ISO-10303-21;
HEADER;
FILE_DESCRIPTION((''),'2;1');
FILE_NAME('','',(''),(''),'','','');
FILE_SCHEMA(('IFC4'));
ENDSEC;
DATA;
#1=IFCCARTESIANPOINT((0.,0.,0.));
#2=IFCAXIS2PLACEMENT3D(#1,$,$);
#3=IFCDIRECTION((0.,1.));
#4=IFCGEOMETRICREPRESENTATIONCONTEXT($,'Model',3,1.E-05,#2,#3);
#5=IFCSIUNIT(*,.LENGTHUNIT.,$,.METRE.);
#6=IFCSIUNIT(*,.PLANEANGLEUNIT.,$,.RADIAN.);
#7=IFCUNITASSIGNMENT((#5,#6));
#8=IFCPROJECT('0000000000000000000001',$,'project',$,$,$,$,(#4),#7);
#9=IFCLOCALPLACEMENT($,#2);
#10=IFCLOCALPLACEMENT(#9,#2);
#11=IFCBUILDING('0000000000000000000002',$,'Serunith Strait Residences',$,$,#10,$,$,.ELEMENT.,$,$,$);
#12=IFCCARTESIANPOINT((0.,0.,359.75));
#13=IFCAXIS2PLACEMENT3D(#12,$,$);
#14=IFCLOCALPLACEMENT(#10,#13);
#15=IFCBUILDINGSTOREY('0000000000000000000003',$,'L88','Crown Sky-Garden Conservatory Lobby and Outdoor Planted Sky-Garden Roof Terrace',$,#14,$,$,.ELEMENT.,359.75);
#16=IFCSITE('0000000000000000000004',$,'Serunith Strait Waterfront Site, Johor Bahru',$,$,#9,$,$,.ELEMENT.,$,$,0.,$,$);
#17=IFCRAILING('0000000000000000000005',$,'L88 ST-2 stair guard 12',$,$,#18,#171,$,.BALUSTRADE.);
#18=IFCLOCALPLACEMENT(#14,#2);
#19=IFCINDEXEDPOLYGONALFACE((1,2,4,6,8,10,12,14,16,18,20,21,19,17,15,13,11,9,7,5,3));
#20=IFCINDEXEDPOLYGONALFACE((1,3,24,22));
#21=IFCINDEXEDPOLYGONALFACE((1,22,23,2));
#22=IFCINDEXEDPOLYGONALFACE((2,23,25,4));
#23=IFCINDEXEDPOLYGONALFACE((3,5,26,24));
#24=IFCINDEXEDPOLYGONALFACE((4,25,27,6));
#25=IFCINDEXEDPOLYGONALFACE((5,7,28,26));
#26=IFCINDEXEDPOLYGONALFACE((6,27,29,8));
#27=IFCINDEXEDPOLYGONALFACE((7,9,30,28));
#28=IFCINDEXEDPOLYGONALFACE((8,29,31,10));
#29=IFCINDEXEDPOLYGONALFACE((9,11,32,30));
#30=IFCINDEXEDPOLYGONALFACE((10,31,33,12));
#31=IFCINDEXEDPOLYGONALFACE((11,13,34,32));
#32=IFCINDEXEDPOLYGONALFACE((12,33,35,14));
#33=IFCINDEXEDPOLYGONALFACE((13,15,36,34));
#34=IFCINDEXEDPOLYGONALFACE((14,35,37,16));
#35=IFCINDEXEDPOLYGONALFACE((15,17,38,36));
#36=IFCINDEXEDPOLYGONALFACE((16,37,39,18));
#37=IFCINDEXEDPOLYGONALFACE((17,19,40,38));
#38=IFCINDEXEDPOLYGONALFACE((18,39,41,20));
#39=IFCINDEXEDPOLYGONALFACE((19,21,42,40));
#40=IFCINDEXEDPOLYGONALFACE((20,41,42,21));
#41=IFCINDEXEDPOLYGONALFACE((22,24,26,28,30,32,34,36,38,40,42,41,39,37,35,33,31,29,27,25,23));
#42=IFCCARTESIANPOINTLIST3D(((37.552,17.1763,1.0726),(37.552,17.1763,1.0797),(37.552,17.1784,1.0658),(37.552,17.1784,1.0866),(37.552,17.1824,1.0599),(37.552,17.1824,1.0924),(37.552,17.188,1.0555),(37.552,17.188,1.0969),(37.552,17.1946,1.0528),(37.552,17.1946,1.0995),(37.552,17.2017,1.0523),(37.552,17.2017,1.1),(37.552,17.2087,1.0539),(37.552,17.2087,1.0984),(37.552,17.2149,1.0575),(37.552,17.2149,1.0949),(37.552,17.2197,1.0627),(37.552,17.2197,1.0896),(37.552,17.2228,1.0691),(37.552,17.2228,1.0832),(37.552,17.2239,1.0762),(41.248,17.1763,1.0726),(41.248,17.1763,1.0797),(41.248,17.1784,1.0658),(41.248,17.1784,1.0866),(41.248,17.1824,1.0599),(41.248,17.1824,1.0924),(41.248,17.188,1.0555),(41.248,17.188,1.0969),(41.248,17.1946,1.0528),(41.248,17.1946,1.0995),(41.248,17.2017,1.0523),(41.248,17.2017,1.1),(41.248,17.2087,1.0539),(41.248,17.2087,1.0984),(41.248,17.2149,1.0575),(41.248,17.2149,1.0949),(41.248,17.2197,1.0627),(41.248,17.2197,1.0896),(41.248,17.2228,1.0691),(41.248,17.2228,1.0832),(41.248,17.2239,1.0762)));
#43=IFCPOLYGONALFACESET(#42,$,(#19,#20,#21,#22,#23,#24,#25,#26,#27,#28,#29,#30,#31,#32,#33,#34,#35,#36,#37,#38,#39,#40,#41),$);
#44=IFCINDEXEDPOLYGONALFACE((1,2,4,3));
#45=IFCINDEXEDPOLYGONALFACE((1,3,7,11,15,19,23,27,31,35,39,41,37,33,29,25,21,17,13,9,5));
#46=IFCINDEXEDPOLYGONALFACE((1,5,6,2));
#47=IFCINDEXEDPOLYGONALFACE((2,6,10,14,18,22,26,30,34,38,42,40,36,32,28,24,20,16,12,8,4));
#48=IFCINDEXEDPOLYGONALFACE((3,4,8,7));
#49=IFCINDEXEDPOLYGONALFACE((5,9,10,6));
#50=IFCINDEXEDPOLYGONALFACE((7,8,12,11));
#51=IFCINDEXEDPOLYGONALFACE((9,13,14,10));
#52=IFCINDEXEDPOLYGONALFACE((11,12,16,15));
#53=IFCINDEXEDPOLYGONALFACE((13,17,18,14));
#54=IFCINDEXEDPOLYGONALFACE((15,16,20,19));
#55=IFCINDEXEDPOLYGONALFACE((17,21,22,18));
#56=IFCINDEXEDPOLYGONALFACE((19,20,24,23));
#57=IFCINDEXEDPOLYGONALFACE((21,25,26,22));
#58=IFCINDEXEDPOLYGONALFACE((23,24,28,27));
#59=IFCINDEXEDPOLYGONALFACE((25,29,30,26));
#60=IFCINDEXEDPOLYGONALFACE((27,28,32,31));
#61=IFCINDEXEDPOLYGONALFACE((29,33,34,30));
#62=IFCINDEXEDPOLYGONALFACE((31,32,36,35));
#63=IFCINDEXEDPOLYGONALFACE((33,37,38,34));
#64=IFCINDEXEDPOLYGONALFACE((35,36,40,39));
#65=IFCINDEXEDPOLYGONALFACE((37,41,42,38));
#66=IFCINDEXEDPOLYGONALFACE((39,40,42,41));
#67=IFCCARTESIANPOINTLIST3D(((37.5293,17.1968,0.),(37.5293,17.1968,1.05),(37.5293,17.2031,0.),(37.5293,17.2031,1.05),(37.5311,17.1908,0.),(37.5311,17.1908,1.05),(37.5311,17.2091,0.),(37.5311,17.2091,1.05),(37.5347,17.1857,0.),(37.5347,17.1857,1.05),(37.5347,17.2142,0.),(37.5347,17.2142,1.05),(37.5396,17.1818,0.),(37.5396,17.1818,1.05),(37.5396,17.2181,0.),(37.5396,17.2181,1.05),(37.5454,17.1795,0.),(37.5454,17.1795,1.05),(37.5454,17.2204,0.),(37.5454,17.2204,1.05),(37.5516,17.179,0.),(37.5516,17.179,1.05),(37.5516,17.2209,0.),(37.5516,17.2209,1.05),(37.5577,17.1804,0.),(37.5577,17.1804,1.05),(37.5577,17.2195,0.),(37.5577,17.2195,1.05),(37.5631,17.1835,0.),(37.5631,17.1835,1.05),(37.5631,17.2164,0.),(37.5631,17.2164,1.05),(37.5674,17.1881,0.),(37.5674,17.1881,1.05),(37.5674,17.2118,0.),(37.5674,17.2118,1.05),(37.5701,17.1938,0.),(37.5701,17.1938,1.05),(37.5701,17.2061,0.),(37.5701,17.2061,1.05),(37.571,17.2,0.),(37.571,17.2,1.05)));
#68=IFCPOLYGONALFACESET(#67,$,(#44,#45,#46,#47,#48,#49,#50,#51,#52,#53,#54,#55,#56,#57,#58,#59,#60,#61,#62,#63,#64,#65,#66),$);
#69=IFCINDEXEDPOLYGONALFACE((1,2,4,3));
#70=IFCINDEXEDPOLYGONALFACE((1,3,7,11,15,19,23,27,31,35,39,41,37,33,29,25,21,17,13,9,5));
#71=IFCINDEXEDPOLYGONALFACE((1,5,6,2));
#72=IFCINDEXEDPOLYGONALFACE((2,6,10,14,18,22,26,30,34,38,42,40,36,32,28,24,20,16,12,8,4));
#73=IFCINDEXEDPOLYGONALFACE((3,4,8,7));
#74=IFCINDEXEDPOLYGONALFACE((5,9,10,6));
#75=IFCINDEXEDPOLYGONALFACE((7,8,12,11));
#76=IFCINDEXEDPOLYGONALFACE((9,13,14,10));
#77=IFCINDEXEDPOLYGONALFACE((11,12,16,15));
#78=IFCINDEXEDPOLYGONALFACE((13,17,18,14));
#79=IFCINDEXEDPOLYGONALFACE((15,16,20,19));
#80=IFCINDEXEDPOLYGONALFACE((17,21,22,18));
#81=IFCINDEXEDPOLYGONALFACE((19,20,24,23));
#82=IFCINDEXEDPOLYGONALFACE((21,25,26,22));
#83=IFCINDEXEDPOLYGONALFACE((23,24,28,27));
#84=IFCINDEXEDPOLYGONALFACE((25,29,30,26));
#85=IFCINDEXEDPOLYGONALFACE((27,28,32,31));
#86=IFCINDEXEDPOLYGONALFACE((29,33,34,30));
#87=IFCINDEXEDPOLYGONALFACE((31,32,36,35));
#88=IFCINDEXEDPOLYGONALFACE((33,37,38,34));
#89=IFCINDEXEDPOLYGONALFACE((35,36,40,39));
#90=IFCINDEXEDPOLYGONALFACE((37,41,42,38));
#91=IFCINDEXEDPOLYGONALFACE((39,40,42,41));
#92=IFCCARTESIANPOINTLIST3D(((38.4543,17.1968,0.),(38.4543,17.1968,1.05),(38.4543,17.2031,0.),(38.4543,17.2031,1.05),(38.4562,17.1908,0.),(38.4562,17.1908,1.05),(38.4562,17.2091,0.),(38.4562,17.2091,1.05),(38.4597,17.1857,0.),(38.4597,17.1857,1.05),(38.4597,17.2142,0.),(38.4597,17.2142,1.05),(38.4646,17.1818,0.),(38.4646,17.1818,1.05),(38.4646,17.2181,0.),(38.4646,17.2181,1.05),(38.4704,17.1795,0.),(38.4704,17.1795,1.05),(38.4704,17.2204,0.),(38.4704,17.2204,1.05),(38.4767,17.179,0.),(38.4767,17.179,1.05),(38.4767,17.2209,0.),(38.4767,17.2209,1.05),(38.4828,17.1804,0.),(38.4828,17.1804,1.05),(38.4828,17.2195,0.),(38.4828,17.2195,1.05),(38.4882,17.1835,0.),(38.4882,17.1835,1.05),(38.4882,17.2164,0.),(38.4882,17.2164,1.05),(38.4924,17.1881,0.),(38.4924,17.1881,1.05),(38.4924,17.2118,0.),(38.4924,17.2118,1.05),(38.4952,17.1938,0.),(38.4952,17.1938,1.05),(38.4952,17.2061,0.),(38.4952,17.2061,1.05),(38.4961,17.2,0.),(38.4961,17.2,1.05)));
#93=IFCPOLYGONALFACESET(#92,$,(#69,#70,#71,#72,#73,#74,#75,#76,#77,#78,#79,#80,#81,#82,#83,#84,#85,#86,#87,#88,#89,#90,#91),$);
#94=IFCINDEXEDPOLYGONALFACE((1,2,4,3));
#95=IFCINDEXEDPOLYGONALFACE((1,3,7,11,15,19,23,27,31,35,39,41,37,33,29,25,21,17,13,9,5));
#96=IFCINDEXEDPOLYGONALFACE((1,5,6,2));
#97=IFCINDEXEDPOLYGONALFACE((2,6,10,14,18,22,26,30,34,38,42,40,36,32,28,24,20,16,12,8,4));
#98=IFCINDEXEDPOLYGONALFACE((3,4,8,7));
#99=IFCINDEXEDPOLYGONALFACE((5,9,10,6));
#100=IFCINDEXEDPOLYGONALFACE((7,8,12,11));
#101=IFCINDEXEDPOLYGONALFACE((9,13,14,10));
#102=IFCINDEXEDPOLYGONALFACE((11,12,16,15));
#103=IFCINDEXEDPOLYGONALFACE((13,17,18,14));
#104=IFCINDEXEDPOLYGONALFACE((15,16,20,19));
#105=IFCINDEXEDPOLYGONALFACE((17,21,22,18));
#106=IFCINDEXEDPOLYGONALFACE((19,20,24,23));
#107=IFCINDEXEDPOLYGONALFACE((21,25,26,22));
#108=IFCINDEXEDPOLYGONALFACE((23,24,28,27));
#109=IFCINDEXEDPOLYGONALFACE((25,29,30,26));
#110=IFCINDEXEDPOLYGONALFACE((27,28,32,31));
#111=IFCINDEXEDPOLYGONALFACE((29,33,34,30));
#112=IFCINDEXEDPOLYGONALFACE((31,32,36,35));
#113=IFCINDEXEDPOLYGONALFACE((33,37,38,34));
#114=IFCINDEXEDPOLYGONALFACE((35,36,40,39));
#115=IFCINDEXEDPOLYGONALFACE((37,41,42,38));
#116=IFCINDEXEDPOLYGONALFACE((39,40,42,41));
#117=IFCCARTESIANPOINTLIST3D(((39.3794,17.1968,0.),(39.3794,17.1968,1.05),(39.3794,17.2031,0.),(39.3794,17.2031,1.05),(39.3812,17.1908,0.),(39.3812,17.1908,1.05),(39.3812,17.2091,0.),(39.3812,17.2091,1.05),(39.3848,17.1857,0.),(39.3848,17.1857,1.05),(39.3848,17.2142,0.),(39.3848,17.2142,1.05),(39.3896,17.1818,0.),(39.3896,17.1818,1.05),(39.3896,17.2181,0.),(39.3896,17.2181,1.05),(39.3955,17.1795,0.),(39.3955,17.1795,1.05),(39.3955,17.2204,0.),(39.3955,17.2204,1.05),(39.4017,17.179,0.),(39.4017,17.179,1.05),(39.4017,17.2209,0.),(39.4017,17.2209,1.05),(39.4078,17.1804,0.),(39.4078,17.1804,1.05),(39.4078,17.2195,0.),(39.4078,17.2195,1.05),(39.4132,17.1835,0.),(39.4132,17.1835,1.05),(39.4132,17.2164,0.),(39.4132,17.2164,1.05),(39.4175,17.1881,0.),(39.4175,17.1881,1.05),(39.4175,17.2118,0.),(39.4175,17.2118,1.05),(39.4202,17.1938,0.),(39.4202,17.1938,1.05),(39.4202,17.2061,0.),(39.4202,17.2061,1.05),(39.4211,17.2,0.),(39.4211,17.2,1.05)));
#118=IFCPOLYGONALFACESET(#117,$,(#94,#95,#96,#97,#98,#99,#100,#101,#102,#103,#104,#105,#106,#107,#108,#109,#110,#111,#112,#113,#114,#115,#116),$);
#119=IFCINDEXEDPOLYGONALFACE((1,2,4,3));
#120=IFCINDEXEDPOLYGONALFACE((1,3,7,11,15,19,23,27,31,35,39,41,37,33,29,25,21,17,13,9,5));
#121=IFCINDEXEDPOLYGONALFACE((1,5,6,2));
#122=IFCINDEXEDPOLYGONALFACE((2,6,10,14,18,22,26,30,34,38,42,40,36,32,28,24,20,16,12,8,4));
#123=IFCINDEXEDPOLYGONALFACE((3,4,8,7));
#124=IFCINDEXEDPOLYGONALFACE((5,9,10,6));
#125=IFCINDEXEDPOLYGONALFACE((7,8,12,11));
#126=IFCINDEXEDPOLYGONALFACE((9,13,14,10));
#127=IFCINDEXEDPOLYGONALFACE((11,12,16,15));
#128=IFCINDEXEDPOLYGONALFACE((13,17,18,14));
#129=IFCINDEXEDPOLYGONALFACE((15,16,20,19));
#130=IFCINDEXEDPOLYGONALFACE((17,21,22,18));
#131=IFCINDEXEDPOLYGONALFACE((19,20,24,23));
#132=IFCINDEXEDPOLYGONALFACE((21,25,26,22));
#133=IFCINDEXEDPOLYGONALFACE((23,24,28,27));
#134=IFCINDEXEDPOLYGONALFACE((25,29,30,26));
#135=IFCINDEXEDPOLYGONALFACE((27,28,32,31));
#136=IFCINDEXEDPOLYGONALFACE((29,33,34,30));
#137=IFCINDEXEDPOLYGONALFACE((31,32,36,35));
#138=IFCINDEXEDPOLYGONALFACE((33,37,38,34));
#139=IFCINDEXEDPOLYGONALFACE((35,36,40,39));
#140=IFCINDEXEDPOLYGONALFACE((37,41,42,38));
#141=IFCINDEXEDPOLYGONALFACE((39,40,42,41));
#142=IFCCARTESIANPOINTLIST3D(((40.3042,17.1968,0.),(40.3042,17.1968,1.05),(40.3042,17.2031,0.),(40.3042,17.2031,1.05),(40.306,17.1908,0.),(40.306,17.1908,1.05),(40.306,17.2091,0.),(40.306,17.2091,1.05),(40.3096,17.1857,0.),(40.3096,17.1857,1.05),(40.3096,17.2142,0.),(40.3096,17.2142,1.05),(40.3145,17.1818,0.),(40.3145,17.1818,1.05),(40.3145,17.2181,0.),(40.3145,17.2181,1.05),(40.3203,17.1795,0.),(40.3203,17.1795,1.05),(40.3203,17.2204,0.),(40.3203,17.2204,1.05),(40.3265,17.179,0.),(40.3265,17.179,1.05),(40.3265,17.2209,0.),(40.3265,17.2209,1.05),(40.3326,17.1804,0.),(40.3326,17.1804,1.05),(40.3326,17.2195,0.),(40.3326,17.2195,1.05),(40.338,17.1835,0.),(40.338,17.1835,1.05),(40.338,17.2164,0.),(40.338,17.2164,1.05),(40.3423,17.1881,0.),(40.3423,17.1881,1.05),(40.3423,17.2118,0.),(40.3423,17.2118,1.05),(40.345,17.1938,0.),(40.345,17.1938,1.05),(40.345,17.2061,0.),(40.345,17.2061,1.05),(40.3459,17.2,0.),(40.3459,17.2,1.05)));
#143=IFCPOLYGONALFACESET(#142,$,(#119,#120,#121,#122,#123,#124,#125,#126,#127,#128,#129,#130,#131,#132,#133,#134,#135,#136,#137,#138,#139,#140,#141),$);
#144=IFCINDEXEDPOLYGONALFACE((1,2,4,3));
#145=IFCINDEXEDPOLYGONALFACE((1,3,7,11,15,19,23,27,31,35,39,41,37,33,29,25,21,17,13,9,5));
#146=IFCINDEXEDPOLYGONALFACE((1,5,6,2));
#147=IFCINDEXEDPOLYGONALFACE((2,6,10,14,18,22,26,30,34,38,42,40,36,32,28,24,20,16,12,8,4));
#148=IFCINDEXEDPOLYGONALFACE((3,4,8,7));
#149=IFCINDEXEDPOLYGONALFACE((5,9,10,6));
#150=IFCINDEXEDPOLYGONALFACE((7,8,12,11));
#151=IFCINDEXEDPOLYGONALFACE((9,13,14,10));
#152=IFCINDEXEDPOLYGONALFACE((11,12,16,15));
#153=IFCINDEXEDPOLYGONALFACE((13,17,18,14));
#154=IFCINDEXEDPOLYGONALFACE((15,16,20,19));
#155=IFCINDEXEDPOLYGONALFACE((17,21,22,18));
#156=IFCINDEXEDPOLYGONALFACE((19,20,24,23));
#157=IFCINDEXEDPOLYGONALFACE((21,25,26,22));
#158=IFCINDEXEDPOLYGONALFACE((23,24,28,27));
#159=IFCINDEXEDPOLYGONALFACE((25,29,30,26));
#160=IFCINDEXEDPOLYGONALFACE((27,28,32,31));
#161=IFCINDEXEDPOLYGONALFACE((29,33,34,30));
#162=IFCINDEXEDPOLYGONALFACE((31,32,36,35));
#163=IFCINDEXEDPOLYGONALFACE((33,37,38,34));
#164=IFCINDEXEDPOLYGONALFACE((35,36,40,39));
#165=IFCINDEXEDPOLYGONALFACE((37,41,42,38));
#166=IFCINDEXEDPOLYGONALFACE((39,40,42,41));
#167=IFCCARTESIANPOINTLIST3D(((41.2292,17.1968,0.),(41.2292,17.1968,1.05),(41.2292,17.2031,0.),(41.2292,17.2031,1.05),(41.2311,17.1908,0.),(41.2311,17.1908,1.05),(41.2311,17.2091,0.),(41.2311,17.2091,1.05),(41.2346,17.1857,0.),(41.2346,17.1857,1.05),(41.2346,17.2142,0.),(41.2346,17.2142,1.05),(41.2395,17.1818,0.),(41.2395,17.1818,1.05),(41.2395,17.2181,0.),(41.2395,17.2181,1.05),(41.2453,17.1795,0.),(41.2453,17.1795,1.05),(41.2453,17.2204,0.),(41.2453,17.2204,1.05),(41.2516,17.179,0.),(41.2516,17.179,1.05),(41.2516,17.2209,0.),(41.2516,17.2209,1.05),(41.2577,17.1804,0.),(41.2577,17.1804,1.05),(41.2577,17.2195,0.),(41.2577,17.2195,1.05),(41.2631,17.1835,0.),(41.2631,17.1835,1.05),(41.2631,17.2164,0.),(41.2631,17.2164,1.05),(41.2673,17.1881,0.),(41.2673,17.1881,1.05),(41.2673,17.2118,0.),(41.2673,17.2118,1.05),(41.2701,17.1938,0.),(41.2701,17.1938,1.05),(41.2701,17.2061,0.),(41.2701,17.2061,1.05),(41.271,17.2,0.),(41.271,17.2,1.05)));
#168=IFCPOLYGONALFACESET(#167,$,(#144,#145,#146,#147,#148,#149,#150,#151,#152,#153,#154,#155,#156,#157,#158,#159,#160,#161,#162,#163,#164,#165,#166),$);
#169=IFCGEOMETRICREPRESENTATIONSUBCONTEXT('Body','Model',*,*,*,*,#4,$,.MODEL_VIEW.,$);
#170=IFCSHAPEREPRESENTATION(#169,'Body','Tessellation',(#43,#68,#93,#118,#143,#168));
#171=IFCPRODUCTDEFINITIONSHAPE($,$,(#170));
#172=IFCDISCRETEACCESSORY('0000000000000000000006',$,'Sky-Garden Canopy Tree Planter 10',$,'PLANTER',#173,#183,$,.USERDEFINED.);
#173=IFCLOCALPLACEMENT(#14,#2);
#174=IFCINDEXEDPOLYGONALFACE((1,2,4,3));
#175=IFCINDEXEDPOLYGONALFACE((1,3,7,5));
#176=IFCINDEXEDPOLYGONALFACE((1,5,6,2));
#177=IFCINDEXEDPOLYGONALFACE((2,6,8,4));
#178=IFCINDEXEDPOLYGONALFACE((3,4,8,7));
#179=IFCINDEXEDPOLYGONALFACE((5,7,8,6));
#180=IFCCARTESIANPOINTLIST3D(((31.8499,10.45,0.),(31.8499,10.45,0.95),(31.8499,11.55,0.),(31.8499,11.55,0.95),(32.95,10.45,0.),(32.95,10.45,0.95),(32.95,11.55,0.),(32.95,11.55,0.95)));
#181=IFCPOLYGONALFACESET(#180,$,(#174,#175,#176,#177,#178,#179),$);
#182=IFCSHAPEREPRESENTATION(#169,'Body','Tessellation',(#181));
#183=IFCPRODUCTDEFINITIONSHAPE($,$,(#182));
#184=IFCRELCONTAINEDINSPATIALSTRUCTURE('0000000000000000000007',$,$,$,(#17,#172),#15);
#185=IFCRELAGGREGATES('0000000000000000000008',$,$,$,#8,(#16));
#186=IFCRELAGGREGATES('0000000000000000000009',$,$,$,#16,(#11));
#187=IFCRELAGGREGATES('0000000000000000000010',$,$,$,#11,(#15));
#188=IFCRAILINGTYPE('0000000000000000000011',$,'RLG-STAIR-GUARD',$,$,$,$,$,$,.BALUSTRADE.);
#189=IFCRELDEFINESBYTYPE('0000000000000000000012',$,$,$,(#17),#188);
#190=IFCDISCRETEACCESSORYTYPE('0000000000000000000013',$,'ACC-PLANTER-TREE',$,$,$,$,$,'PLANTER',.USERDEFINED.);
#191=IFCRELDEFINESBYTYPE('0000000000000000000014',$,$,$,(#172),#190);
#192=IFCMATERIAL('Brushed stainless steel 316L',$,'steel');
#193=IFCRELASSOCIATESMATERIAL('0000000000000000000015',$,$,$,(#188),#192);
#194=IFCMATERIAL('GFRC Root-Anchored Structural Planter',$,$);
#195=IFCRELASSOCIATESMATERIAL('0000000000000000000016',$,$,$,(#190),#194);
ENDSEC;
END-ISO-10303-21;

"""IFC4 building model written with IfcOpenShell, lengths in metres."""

from ifc_helpers import new_model, si_unit, direction, frame, origin, origin_2d, place, context, subcontext, project, spatial, rectangle, circle, extrude, source, transform, mapped, material, type_object, element, save


model = new_model("IFC4")

# Units and contexts
model_context = context("Model", 3, precision=1e-05, world=origin(), true_north=direction((0.0, 1.0)))
body_context = subcontext(model_context, "Body", "Model", "MODEL_VIEW")
ifc_project = project(units=[si_unit("LENGTHUNIT", "METRE"), si_unit("PLANEANGLEUNIT", "RADIAN")], contexts=[model_context])

# Site, building, storey
site_placement = place(None, origin())
site = spatial("IfcSite", under=ifc_project, at=site_placement, Name="Serunith Strait Waterfront Site, Johor Bahru", CompositionType="ELEMENT", RefElevation=0.0)
building_placement = place(site_placement, origin())
building = spatial("IfcBuilding", under=site, at=building_placement, Name="Serunith Strait Residences", CompositionType="ELEMENT")
storey_placement = place(building_placement, frame((0.0, 0.0, 359.75)))
storey = spatial("IfcBuildingStorey", under=building, at=storey_placement, Name="L88", Description="Crown Sky-Garden Conservatory Lobby and Outdoor Planted Sky-Garden Roof Terrace", CompositionType="ELEMENT", Elevation=359.75)

# Railing
ifc_material_1 = material(Name="Brushed stainless steel 316L", Category="steel")
railing_type_1 = type_object("IfcRailingType", Name="RLG-STAIR-GUARD", PredefinedType="BALUSTRADE", material=ifc_material_1)
railing_1_placement = place(storey_placement, frame((37.55, 17.2, 0.0)))
element("IfcRailing", 1, at=railing_1_placement, inside=storey, type_object=railing_type_1, Name="L88 ST-2 stair guard 12", PredefinedType="BALUSTRADE", context=body_context, shape_type="SweptSolid", body=[
    extrude(circle(Radius=0.0239, at=origin_2d()), frame((0.002, 0.0, 1.0762), z_axis=(1.0, 0.0, 0.0), x_axis=(0.0, 1.0, 0.0)), (0.0, 0.0, 1.0), 3.696),
    extrude(circle(Radius=0.021, at=origin_2d()), origin(), (0.0, 0.0, 1.0), 1.05),
    extrude(circle(Radius=0.021, at=origin_2d()), frame((0.925, 0.0, 0.0)), (0.0, 0.0, 1.0), 1.05),
    extrude(circle(Radius=0.021, at=origin_2d()), frame((1.8501, 0.0, 0.0)), (0.0, 0.0, 1.0), 1.05),
    extrude(circle(Radius=0.021, at=origin_2d()), frame((2.7749, 0.0, 0.0)), (0.0, 0.0, 1.0), 1.05),
    extrude(circle(Radius=0.021, at=origin_2d()), frame((3.7, 0.0, 0.0)), (0.0, 0.0, 1.0), 1.05),
])

# Discrete accessory
ifc_material_2 = material(Name="GFRC Root-Anchored Structural Planter")
discrete_accessory_type = type_object("IfcDiscreteAccessoryType", Name="ACC-PLANTER-TREE", ElementType="PLANTER", PredefinedType="USERDEFINED", material=ifc_material_2)
shared_shape_1 = source(origin(), body_context, "Body", "SweptSolid", [
    extrude(rectangle(XDim=1.1001, YDim=1.1001, at=origin_2d()), origin(), (0.0, 0.0, 1.0), 0.95),
])
discrete_accessory_placement = place(storey_placement, frame((32.3999, 11.0, 0.0), z_axis=(0.0, 0.0, 1.0), x_axis=(1.0, 0.0, 0.0)))
element("IfcDiscreteAccessory", 2, at=discrete_accessory_placement, inside=storey, type_object=discrete_accessory_type, Name="Sky-Garden Canopy Tree Planter 10", ObjectType="PLANTER", PredefinedType="USERDEFINED", context=body_context, shape_type="MappedRepresentation", body=[
    mapped(shared_shape_1, transform((0.0, 0.0, 0.0), scale=1.0)),
])

save(model, "model.ifc")
